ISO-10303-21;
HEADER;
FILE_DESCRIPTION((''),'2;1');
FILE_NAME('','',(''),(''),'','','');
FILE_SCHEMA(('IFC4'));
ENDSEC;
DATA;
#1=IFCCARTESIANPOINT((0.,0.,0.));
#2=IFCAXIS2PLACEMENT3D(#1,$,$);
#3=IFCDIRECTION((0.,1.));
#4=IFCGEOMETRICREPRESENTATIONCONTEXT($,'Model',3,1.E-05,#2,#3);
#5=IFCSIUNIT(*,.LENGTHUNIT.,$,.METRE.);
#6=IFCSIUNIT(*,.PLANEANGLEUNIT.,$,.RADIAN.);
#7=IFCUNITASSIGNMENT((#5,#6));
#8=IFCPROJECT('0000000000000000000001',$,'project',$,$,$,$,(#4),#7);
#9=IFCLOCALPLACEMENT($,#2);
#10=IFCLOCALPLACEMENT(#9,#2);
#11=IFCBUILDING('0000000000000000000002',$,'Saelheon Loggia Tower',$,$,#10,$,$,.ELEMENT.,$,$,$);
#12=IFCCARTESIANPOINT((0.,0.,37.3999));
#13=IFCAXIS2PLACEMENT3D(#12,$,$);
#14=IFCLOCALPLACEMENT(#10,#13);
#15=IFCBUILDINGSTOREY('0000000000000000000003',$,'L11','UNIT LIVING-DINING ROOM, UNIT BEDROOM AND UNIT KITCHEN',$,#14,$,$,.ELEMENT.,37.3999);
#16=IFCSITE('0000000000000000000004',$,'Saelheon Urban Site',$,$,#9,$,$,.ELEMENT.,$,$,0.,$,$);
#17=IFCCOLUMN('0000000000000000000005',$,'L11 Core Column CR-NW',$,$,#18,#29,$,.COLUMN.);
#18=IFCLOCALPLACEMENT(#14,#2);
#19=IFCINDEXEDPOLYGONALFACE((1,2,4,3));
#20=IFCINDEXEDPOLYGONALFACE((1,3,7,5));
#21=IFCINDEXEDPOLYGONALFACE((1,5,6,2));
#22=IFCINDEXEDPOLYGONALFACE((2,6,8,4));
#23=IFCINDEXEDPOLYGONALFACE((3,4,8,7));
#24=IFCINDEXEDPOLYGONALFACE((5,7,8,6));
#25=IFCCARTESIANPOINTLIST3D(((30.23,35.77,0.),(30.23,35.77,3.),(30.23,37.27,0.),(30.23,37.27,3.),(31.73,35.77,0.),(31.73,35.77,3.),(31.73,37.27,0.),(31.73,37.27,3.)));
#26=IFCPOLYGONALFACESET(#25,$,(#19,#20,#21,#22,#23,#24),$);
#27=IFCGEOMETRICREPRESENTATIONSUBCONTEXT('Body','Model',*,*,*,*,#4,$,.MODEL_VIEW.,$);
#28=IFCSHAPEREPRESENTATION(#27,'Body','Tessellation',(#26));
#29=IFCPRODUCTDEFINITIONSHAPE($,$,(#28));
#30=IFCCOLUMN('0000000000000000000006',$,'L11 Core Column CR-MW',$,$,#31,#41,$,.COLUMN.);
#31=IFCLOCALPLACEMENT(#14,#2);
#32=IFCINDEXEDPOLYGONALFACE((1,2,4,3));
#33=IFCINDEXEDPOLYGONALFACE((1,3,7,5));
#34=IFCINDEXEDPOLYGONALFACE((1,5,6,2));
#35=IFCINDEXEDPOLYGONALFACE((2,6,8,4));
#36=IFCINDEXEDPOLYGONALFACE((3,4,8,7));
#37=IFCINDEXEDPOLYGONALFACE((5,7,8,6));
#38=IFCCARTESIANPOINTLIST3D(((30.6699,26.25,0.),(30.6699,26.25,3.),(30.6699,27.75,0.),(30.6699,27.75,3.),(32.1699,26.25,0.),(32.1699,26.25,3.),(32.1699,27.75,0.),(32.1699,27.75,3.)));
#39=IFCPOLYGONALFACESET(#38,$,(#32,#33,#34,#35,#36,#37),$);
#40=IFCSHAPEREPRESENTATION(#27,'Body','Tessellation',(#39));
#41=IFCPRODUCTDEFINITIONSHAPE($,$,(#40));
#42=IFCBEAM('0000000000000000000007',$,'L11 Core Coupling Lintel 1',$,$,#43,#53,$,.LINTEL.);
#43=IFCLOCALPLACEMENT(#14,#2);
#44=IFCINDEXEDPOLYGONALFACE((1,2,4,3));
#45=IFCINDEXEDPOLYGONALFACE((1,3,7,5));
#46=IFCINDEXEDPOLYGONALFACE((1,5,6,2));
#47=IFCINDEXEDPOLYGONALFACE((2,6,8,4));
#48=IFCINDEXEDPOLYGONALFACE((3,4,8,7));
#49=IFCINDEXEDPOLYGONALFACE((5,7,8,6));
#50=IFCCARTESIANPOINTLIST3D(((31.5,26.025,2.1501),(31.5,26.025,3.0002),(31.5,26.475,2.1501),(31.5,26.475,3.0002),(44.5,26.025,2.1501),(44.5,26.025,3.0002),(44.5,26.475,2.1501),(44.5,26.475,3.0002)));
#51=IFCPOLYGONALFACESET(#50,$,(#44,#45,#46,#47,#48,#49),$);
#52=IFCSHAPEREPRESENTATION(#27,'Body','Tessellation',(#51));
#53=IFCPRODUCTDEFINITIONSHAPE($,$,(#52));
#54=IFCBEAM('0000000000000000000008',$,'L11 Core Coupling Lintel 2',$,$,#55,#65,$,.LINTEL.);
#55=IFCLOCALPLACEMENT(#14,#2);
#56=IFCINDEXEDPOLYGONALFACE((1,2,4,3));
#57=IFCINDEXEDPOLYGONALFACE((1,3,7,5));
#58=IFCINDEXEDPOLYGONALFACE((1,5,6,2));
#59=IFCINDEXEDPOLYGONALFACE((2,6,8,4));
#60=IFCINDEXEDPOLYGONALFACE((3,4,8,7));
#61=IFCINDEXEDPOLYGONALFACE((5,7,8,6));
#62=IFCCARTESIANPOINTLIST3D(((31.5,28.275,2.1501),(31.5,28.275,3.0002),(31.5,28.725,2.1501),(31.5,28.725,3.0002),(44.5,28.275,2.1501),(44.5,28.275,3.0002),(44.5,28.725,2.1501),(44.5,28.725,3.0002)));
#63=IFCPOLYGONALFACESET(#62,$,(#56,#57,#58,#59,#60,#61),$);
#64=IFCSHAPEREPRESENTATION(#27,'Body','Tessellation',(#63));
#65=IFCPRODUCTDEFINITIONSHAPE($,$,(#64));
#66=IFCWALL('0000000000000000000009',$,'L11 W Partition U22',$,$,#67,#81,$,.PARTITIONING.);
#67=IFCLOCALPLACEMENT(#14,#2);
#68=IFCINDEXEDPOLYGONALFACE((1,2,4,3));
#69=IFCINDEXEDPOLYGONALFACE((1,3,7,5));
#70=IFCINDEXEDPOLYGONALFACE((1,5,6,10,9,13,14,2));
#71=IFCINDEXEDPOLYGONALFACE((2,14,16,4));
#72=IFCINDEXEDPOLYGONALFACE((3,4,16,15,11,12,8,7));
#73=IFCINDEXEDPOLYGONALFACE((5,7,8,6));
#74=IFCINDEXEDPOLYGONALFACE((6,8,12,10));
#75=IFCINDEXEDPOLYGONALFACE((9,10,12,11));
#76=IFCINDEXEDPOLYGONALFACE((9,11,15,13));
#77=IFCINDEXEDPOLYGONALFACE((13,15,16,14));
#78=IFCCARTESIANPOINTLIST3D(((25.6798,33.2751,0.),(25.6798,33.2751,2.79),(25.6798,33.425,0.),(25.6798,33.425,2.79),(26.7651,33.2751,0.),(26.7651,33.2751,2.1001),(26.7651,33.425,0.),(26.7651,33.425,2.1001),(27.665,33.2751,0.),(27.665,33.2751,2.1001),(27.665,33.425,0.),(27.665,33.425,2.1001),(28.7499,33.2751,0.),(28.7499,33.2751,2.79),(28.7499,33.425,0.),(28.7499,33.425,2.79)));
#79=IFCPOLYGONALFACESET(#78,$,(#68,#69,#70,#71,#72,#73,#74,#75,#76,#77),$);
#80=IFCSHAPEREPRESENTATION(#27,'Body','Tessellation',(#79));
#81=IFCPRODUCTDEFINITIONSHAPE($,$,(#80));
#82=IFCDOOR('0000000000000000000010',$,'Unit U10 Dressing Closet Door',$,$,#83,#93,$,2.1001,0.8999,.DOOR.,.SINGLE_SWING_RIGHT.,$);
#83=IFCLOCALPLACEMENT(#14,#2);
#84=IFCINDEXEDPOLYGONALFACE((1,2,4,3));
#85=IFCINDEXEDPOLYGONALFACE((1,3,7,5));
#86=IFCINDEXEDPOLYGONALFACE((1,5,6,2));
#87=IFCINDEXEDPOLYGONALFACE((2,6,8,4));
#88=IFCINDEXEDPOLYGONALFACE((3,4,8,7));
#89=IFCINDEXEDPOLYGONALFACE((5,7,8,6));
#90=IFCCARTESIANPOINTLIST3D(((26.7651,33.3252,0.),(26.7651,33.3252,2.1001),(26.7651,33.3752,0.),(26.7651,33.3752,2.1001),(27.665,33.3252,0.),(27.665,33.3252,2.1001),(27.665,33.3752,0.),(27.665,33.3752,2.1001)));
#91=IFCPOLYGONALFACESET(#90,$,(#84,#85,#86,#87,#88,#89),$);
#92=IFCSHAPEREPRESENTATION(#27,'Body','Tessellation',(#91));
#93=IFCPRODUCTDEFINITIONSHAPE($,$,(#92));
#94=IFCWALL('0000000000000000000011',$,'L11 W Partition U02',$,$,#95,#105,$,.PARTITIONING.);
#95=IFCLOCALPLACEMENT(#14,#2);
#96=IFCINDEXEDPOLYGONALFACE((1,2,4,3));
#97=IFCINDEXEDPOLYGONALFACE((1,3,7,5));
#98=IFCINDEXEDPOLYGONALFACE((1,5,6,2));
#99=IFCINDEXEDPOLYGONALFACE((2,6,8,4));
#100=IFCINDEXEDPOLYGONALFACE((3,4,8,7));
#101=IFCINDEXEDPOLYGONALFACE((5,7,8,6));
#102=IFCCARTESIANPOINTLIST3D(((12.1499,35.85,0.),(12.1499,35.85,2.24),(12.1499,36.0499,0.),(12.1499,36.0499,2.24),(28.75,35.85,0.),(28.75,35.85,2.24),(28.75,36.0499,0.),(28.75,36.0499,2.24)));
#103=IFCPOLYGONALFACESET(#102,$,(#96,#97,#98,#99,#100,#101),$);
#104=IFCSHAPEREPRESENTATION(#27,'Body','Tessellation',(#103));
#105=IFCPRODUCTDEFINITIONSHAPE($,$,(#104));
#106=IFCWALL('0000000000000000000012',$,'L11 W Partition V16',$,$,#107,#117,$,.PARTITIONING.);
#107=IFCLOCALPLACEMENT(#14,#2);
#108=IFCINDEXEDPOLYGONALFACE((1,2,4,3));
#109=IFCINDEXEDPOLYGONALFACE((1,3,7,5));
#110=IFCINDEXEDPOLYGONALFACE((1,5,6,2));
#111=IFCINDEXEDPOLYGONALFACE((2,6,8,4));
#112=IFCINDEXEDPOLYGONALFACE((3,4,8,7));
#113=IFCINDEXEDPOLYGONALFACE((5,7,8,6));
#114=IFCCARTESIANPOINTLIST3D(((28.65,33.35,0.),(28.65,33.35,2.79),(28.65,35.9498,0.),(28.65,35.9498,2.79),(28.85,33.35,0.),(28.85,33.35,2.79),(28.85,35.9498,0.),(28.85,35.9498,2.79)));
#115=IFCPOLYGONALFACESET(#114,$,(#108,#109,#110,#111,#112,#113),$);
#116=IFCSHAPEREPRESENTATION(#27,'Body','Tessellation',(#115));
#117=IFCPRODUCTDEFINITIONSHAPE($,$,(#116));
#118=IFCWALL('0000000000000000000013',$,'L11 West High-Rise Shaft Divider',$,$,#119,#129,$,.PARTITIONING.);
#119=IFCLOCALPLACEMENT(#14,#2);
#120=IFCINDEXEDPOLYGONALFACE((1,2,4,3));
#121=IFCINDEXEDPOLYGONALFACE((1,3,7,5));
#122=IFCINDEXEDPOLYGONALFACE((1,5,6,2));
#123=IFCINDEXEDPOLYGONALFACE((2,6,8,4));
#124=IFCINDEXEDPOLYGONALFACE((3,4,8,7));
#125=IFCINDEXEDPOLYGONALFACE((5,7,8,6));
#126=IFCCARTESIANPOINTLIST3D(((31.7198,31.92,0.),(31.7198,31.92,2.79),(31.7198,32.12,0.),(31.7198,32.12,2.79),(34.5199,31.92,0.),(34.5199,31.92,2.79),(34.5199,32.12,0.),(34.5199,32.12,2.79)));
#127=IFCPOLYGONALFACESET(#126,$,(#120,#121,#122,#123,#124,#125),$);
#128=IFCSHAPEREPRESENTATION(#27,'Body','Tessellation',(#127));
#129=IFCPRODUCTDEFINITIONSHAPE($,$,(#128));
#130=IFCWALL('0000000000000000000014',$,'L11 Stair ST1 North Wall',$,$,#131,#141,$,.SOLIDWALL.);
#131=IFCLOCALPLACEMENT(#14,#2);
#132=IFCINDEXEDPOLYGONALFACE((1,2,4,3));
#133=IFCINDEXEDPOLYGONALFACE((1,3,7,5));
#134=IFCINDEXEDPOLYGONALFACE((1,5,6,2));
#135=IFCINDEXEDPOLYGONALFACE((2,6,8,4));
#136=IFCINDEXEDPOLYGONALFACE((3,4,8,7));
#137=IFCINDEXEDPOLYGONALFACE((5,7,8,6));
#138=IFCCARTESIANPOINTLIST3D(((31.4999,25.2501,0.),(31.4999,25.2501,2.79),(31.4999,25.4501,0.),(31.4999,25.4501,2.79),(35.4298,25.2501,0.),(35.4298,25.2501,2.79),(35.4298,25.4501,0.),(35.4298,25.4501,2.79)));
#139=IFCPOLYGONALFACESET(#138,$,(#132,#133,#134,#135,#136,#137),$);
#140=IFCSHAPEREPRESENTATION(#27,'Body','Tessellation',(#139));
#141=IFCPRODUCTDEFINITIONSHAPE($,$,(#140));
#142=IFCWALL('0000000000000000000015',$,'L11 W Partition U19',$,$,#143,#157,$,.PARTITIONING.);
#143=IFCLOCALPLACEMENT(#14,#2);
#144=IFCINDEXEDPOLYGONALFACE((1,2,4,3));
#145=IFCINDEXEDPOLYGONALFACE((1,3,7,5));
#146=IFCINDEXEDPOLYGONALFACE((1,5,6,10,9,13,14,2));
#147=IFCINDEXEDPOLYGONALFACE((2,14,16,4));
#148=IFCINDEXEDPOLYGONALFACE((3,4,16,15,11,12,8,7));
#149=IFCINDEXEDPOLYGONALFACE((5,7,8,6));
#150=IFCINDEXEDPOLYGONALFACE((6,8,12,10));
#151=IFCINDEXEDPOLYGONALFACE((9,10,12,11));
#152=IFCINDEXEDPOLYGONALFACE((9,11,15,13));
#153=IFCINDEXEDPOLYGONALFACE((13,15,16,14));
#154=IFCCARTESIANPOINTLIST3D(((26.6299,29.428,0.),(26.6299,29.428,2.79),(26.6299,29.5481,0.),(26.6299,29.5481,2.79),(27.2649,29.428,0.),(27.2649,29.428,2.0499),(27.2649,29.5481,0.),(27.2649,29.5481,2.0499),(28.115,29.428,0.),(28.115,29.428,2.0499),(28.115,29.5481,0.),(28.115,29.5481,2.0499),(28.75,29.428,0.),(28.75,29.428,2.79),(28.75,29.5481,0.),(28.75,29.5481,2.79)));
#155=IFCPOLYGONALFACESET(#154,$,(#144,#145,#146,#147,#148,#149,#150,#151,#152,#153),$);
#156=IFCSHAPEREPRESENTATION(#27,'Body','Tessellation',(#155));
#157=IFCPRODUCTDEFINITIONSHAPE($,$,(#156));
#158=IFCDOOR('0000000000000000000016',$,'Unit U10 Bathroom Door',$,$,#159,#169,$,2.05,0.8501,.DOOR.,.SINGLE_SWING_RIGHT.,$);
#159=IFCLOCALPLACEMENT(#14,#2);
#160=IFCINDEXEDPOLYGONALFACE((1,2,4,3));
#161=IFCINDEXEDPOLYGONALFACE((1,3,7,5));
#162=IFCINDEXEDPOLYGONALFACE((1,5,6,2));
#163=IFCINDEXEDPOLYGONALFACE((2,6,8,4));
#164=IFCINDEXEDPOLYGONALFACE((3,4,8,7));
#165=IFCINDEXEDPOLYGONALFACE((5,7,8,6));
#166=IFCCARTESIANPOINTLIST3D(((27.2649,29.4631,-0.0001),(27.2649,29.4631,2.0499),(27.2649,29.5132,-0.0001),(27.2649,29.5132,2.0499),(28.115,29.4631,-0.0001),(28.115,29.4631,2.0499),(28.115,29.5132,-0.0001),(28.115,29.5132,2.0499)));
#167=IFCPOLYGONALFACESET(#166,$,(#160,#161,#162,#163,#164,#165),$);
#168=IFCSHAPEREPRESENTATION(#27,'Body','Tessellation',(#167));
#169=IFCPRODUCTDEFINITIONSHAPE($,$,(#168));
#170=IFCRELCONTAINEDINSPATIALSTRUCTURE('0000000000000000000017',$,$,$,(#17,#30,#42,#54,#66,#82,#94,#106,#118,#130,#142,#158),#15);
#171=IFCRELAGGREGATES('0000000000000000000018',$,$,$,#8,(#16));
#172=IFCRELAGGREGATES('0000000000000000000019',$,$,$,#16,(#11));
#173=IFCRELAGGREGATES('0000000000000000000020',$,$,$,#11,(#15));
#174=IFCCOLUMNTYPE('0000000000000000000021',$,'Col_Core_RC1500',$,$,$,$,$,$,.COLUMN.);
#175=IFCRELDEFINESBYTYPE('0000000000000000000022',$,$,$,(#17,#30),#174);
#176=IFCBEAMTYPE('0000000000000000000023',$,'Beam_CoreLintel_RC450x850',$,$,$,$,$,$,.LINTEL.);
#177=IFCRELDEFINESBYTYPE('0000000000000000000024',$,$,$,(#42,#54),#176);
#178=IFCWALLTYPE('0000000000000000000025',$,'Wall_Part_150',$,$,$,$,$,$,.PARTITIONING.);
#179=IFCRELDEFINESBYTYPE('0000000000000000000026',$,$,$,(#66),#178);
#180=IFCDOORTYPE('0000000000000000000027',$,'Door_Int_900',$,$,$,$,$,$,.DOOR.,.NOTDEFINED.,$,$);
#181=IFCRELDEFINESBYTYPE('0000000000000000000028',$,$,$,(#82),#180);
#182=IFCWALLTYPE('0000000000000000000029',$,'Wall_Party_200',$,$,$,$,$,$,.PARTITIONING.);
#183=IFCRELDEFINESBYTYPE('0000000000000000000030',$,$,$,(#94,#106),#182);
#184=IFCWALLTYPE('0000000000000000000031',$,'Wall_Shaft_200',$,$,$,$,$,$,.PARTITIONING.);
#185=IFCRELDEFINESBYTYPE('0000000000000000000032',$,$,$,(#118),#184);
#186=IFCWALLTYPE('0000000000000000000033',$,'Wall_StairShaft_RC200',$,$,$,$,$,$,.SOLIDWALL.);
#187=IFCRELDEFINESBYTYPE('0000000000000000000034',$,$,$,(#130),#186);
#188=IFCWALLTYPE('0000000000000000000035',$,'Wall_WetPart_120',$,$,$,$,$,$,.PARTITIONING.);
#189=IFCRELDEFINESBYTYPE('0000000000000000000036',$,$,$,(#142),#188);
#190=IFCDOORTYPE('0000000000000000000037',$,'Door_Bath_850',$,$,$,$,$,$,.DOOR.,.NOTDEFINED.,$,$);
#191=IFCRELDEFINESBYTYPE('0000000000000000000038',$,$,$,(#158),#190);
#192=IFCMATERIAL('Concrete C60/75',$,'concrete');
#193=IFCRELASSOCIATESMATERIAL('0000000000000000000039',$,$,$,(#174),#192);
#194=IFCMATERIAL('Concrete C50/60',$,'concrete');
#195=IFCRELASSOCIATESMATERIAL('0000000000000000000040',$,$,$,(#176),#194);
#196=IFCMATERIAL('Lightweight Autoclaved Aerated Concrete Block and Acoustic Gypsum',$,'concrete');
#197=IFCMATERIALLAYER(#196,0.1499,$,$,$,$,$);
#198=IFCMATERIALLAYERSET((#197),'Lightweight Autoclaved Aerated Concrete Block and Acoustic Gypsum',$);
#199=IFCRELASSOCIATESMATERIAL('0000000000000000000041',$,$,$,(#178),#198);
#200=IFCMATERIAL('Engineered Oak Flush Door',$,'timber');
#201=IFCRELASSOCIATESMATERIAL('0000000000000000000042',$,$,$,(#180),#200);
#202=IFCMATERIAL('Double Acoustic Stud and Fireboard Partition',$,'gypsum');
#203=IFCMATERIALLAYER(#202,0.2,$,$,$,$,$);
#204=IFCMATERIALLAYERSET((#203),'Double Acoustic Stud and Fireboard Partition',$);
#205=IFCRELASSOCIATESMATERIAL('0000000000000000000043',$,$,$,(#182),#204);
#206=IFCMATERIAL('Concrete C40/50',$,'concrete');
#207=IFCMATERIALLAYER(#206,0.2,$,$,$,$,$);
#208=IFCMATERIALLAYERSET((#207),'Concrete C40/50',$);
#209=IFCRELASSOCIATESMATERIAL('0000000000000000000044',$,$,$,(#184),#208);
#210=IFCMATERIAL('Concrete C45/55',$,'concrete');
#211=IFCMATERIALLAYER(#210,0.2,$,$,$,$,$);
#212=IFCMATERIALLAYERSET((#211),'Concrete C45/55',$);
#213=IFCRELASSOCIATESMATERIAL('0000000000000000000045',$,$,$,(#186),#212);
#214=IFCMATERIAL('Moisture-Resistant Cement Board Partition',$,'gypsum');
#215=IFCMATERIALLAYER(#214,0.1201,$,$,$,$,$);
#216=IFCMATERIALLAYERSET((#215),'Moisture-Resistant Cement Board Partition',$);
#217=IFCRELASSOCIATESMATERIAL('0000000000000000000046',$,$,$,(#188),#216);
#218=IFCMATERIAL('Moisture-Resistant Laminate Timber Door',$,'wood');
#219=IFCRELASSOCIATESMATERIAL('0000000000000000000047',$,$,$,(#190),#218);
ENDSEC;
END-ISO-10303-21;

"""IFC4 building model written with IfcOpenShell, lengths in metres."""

from ifc_helpers import new_model, si_unit, direction, frame, frame_2d, origin, origin_2d, place, context, subcontext, project, spatial, rectangle, extrude, source, transform, mapped, material, layer, layer_set, material_profile, profile_set, type_object, element, fill, save


model = new_model("IFC4")

# Units and contexts
model_context = context("Model", 3, precision=1e-05, world=origin(), true_north=direction((0.0, 1.0)))
body_context = subcontext(model_context, "Body", "Model", "MODEL_VIEW")
ifc_project = project(units=[si_unit("LENGTHUNIT", "METRE"), si_unit("PLANEANGLEUNIT", "RADIAN")], contexts=[model_context])

# Site, building, storey
site_placement = place(None, origin())
site = spatial("IfcSite", under=ifc_project, at=site_placement, Name="Saelheon Urban Site", CompositionType="ELEMENT", RefElevation=0.0)
building_placement = place(site_placement, origin())
building = spatial("IfcBuilding", under=site, at=building_placement, Name="Saelheon Loggia Tower", CompositionType="ELEMENT")
storey_placement = place(building_placement, frame((0.0, 0.0, 37.3999)))
storey = spatial("IfcBuildingStorey", under=building, at=storey_placement, Name="L11", Description="UNIT LIVING-DINING ROOM, UNIT BEDROOM AND UNIT KITCHEN", CompositionType="ELEMENT", Elevation=37.3999)

# Columns
ifc_material_1 = material(Name="Concrete C60/75", Category="concrete")
ifc_material_profile_1 = material_profile(ifc_material_1, rectangle(XDim=1.5, YDim=1.5, at=origin_2d()), Name="RC-1500x1500")
ifc_profile_set_1 = profile_set([ifc_material_profile_1], Name="Concrete C60/75")
column_type = type_object("IfcColumnType", Name="Col_Core_RC1500", PredefinedType="COLUMN", material=ifc_profile_set_1)
shared_shape_1 = source(origin(), body_context, "Body", "SweptSolid", [
    extrude(rectangle(XDim=1.5, YDim=1.5, at=origin_2d()), origin(), (0.0, 0.0, 1.0), 3.0),
])
for number, where, z_axis, x_axis, name in (
    (1, (30.98, 36.52, 0.0), (0.0, 0.0, 1.0), (1.0, 0.0, 0.0), "L11 Core Column CR-NW"),
    (2, (31.4199, 27.0, 0.0), (0.0, 0.0, 1.0), (1.0, 0.0, 0.0), "L11 Core Column CR-MW"),
):
    element("IfcColumn", number, at=place(storey_placement, frame(where, z_axis=z_axis, x_axis=x_axis)), inside=storey, type_object=column_type, Name=name, PredefinedType="COLUMN", context=body_context, shape_type="MappedRepresentation", body=[
        mapped(shared_shape_1, transform((0.0, 0.0, 0.0), scale=1.0)),
    ])

# Beams
ifc_material_2 = material(Name="Concrete C50/60", Category="concrete")
ifc_material_profile_2 = material_profile(ifc_material_2, rectangle(XDim=0.45, YDim=0.8501, at=origin_2d()), Name="RC-450x850")
ifc_profile_set_2 = profile_set([ifc_material_profile_2], Name="Concrete C50/60")
beam_type = type_object("IfcBeamType", Name="Beam_CoreLintel_RC450x850", PredefinedType="LINTEL", material=ifc_profile_set_2)
shared_shape_2 = source(origin(), body_context, "Body", "SweptSolid", [
    extrude(rectangle(XDim=0.45, YDim=0.8501, at=origin_2d()), origin(), (0.0, 0.0, 1.0), 13.0),
])
for number, where, z_axis, x_axis, name in (
    (3, (31.5, 26.25, 2.5752), (1.0, 0.0, 0.0), (0.0, 1.0, 0.0), "L11 Core Coupling Lintel 1"),
    (4, (31.5, 28.5, 2.5752), (1.0, 0.0, 0.0), (0.0, 1.0, 0.0), "L11 Core Coupling Lintel 2"),
):
    element("IfcBeam", number, at=place(storey_placement, frame(where, z_axis=z_axis, x_axis=x_axis)), inside=storey, type_object=beam_type, Name=name, PredefinedType="LINTEL", context=body_context, shape_type="MappedRepresentation", body=[
        mapped(shared_shape_2, transform((0.0, 0.0, 0.0), scale=1.0)),
    ])

# Wall, opening, door
ifc_material_3 = material(Name="Lightweight Autoclaved Aerated Concrete Block and Acoustic Gypsum", Category="concrete")
ifc_layer_1 = layer(ifc_material_3, 0.1499)
ifc_layer_set_1 = layer_set([ifc_layer_1], Name="Lightweight Autoclaved Aerated Concrete Block and Acoustic Gypsum")
wall_type_1 = type_object("IfcWallType", Name="Wall_Part_150", PredefinedType="PARTITIONING", material=ifc_layer_set_1)
wall_1_placement = place(storey_placement, frame((28.75, 33.3501, 0.0), z_axis=(0.0, 0.0, 1.0), x_axis=(-1.0, 0.0, 0.0)))
wall_1 = element("IfcWall", 5, at=wall_1_placement, inside=storey, type_object=wall_type_1, Name="L11 W Partition U22", PredefinedType="PARTITIONING", context=body_context, shape_type="SweptSolid", body=[
    extrude(rectangle(XDim=3.0701, YDim=0.1499, at=frame_2d((1.5352, 0.0))), origin(), (0.0, 0.0, 1.0), 2.79),
])
opening_1_placement = place(wall_1_placement, frame((1.085, 0.0, 0.0)))
opening_1 = element("IfcOpeningElement", 6, at=opening_1_placement, cuts=wall_1, PredefinedType="OPENING", context=body_context, shape_type="SweptSolid", body=[
    extrude(rectangle(XDim=0.8999, YDim=2.1001, at=frame_2d((0.45, 1.05))), frame((0.0, 0.0869, 0.0), z_axis=(0.0, -1.0, 0.0), x_axis=(1.0, 0.0, 0.0)), (0.0, 0.0, 1.0), 0.1738),
])
ifc_material_4 = material(Name="Engineered Oak Flush Door", Category="timber")
door_type_1 = type_object("IfcDoorType", Name="Door_Int_900", OperationType="NOTDEFINED", PredefinedType="DOOR", material=ifc_material_4)
shared_shape_3 = source(origin(), body_context, "Body", "SweptSolid", [
    extrude(rectangle(XDim=0.8999, YDim=2.1001, at=frame_2d((0.45, 1.05))), frame((0.0, 0.0249, 0.0), z_axis=(0.0, -1.0, 0.0), x_axis=(1.0, 0.0, 0.0)), (0.0, 0.0, 1.0), 0.05),
])
door_1_placement = place(opening_1_placement, origin())
door_1 = element("IfcDoor", 7, at=door_1_placement, inside=storey, type_object=door_type_1, Name="Unit U10 Dressing Closet Door", OperationType="SINGLE_SWING_RIGHT", OverallHeight=2.1001, OverallWidth=0.8999, PredefinedType="DOOR", context=body_context, shape_type="MappedRepresentation", body=[
    mapped(shared_shape_3, transform((0.0, 0.0, 0.0), scale=1.0)),
])
fill(opening_1, door_1)

# Wall
ifc_material_5 = material(Name="Double Acoustic Stud and Fireboard Partition", Category="gypsum")
ifc_layer_2 = layer(ifc_material_5, 0.2)
ifc_layer_set_2 = layer_set([ifc_layer_2], Name="Double Acoustic Stud and Fireboard Partition")
wall_type_2 = type_object("IfcWallType", Name="Wall_Party_200", PredefinedType="PARTITIONING", material=ifc_layer_set_2)
wall_2_placement = place(storey_placement, frame((28.75, 35.95, 0.0), z_axis=(0.0, 0.0, 1.0), x_axis=(-1.0, 0.0, 0.0)))
element("IfcWall", 8, at=wall_2_placement, inside=storey, type_object=wall_type_2, Name="L11 W Partition U02", PredefinedType="PARTITIONING", context=body_context, shape_type="SweptSolid", body=[
    extrude(rectangle(XDim=16.6001, YDim=0.2, at=frame_2d((8.3, 0.0))), origin(), (0.0, 0.0, 1.0), 2.24),
])

# Walls
wall_3_placement = place(storey_placement, frame((28.75, 33.3501, 0.0), z_axis=(0.0, 0.0, 1.0), x_axis=(0.0, 1.0, 0.0)))
element("IfcWall", 9, at=wall_3_placement, inside=storey, type_object=wall_type_2, Name="L11 W Partition V16", PredefinedType="PARTITIONING", context=body_context, shape_type="SweptSolid", body=[
    extrude(rectangle(XDim=2.5999, YDim=0.2, at=frame_2d((1.2998, 0.0))), origin(), (0.0, 0.0, 1.0), 2.79),
])
ifc_material_6 = material(Name="Concrete C40/50", Category="concrete")
ifc_layer_3 = layer(ifc_material_6, 0.2)
ifc_layer_set_3 = layer_set([ifc_layer_3], Name="Concrete C40/50")
wall_type_3 = type_object("IfcWallType", Name="Wall_Shaft_200", PredefinedType="PARTITIONING", material=ifc_layer_set_3)
wall_4_placement = place(storey_placement, frame((31.72, 32.02, 0.0), z_axis=(0.0, 0.0, 1.0), x_axis=(1.0, 0.0, 0.0)))
element("IfcWall", 10, at=wall_4_placement, inside=storey, type_object=wall_type_3, Name="L11 West High-Rise Shaft Divider", PredefinedType="PARTITIONING", context=body_context, shape_type="SweptSolid", body=[
    extrude(rectangle(XDim=2.8, YDim=0.2, at=frame_2d((1.3999, 0.0))), origin(), (0.0, 0.0, 1.0), 2.79),
])
ifc_material_7 = material(Name="Concrete C45/55", Category="concrete")
ifc_layer_4 = layer(ifc_material_7, 0.2)
ifc_layer_set_4 = layer_set([ifc_layer_4], Name="Concrete C45/55")
wall_type_4 = type_object("IfcWallType", Name="Wall_StairShaft_RC200", PredefinedType="SOLIDWALL", material=ifc_layer_set_4)
wall_5_placement = place(storey_placement, frame((31.5, 25.3501, 0.0), z_axis=(0.0, 0.0, 1.0), x_axis=(1.0, 0.0, 0.0)))
element("IfcWall", 11, at=wall_5_placement, inside=storey, type_object=wall_type_4, Name="L11 Stair ST1 North Wall", PredefinedType="SOLIDWALL", context=body_context, shape_type="SweptSolid", body=[
    extrude(rectangle(XDim=3.9299, YDim=0.2, at=frame_2d((1.9648, 0.0))), origin(), (0.0, 0.0, 1.0), 2.79),
])

# Wall, opening, door
ifc_material_8 = material(Name="Moisture-Resistant Cement Board Partition", Category="gypsum")
ifc_layer_5 = layer(ifc_material_8, 0.1201)
ifc_layer_set_5 = layer_set([ifc_layer_5], Name="Moisture-Resistant Cement Board Partition")
wall_type_5 = type_object("IfcWallType", Name="Wall_WetPart_120", PredefinedType="PARTITIONING", material=ifc_layer_set_5)
wall_6_placement = place(storey_placement, frame((28.75, 29.488, 0.0), z_axis=(0.0, 0.0, 1.0), x_axis=(-1.0, 0.0, 0.0)))
wall_6 = element("IfcWall", 12, at=wall_6_placement, inside=storey, type_object=wall_type_5, Name="L11 W Partition U19", PredefinedType="PARTITIONING", context=body_context, shape_type="SweptSolid", body=[
    extrude(rectangle(XDim=2.1201, YDim=0.1201, at=frame_2d((1.0601, 0.0))), origin(), (0.0, 0.0, 1.0), 2.79),
])
opening_2_placement = place(wall_6_placement, frame((0.635, 0.0, 0.0)))
opening_2 = element("IfcOpeningElement", 13, at=opening_2_placement, cuts=wall_6, PredefinedType="OPENING", context=body_context, shape_type="SweptSolid", body=[
    extrude(rectangle(XDim=0.8501, YDim=2.05, at=frame_2d((0.425, 1.0249))), frame((0.0, 0.072, 0.0), z_axis=(0.0, -1.0, 0.0), x_axis=(1.0, 0.0, 0.0)), (0.0, 0.0, 1.0), 0.144),
])
ifc_material_9 = material(Name="Moisture-Resistant Laminate Timber Door", Category="wood")
door_type_2 = type_object("IfcDoorType", Name="Door_Bath_850", OperationType="NOTDEFINED", PredefinedType="DOOR", material=ifc_material_9)
shared_shape_4 = source(origin(), body_context, "Body", "SweptSolid", [
    extrude(rectangle(XDim=0.8501, YDim=2.05, at=frame_2d((0.425, 1.0249))), frame((0.0, 0.0249, 0.0), z_axis=(0.0, -1.0, 0.0), x_axis=(1.0, 0.0, 0.0)), (0.0, 0.0, 1.0), 0.05),
])
door_2_placement = place(opening_2_placement, origin())
door_2 = element("IfcDoor", 14, at=door_2_placement, inside=storey, type_object=door_type_2, Name="Unit U10 Bathroom Door", OperationType="SINGLE_SWING_RIGHT", OverallHeight=2.05, OverallWidth=0.8501, PredefinedType="DOOR", context=body_context, shape_type="MappedRepresentation", body=[
    mapped(shared_shape_4, transform((0.0, 0.0, 0.0), scale=1.0)),
])
fill(opening_2, door_2)

save(model, "model.ifc")
